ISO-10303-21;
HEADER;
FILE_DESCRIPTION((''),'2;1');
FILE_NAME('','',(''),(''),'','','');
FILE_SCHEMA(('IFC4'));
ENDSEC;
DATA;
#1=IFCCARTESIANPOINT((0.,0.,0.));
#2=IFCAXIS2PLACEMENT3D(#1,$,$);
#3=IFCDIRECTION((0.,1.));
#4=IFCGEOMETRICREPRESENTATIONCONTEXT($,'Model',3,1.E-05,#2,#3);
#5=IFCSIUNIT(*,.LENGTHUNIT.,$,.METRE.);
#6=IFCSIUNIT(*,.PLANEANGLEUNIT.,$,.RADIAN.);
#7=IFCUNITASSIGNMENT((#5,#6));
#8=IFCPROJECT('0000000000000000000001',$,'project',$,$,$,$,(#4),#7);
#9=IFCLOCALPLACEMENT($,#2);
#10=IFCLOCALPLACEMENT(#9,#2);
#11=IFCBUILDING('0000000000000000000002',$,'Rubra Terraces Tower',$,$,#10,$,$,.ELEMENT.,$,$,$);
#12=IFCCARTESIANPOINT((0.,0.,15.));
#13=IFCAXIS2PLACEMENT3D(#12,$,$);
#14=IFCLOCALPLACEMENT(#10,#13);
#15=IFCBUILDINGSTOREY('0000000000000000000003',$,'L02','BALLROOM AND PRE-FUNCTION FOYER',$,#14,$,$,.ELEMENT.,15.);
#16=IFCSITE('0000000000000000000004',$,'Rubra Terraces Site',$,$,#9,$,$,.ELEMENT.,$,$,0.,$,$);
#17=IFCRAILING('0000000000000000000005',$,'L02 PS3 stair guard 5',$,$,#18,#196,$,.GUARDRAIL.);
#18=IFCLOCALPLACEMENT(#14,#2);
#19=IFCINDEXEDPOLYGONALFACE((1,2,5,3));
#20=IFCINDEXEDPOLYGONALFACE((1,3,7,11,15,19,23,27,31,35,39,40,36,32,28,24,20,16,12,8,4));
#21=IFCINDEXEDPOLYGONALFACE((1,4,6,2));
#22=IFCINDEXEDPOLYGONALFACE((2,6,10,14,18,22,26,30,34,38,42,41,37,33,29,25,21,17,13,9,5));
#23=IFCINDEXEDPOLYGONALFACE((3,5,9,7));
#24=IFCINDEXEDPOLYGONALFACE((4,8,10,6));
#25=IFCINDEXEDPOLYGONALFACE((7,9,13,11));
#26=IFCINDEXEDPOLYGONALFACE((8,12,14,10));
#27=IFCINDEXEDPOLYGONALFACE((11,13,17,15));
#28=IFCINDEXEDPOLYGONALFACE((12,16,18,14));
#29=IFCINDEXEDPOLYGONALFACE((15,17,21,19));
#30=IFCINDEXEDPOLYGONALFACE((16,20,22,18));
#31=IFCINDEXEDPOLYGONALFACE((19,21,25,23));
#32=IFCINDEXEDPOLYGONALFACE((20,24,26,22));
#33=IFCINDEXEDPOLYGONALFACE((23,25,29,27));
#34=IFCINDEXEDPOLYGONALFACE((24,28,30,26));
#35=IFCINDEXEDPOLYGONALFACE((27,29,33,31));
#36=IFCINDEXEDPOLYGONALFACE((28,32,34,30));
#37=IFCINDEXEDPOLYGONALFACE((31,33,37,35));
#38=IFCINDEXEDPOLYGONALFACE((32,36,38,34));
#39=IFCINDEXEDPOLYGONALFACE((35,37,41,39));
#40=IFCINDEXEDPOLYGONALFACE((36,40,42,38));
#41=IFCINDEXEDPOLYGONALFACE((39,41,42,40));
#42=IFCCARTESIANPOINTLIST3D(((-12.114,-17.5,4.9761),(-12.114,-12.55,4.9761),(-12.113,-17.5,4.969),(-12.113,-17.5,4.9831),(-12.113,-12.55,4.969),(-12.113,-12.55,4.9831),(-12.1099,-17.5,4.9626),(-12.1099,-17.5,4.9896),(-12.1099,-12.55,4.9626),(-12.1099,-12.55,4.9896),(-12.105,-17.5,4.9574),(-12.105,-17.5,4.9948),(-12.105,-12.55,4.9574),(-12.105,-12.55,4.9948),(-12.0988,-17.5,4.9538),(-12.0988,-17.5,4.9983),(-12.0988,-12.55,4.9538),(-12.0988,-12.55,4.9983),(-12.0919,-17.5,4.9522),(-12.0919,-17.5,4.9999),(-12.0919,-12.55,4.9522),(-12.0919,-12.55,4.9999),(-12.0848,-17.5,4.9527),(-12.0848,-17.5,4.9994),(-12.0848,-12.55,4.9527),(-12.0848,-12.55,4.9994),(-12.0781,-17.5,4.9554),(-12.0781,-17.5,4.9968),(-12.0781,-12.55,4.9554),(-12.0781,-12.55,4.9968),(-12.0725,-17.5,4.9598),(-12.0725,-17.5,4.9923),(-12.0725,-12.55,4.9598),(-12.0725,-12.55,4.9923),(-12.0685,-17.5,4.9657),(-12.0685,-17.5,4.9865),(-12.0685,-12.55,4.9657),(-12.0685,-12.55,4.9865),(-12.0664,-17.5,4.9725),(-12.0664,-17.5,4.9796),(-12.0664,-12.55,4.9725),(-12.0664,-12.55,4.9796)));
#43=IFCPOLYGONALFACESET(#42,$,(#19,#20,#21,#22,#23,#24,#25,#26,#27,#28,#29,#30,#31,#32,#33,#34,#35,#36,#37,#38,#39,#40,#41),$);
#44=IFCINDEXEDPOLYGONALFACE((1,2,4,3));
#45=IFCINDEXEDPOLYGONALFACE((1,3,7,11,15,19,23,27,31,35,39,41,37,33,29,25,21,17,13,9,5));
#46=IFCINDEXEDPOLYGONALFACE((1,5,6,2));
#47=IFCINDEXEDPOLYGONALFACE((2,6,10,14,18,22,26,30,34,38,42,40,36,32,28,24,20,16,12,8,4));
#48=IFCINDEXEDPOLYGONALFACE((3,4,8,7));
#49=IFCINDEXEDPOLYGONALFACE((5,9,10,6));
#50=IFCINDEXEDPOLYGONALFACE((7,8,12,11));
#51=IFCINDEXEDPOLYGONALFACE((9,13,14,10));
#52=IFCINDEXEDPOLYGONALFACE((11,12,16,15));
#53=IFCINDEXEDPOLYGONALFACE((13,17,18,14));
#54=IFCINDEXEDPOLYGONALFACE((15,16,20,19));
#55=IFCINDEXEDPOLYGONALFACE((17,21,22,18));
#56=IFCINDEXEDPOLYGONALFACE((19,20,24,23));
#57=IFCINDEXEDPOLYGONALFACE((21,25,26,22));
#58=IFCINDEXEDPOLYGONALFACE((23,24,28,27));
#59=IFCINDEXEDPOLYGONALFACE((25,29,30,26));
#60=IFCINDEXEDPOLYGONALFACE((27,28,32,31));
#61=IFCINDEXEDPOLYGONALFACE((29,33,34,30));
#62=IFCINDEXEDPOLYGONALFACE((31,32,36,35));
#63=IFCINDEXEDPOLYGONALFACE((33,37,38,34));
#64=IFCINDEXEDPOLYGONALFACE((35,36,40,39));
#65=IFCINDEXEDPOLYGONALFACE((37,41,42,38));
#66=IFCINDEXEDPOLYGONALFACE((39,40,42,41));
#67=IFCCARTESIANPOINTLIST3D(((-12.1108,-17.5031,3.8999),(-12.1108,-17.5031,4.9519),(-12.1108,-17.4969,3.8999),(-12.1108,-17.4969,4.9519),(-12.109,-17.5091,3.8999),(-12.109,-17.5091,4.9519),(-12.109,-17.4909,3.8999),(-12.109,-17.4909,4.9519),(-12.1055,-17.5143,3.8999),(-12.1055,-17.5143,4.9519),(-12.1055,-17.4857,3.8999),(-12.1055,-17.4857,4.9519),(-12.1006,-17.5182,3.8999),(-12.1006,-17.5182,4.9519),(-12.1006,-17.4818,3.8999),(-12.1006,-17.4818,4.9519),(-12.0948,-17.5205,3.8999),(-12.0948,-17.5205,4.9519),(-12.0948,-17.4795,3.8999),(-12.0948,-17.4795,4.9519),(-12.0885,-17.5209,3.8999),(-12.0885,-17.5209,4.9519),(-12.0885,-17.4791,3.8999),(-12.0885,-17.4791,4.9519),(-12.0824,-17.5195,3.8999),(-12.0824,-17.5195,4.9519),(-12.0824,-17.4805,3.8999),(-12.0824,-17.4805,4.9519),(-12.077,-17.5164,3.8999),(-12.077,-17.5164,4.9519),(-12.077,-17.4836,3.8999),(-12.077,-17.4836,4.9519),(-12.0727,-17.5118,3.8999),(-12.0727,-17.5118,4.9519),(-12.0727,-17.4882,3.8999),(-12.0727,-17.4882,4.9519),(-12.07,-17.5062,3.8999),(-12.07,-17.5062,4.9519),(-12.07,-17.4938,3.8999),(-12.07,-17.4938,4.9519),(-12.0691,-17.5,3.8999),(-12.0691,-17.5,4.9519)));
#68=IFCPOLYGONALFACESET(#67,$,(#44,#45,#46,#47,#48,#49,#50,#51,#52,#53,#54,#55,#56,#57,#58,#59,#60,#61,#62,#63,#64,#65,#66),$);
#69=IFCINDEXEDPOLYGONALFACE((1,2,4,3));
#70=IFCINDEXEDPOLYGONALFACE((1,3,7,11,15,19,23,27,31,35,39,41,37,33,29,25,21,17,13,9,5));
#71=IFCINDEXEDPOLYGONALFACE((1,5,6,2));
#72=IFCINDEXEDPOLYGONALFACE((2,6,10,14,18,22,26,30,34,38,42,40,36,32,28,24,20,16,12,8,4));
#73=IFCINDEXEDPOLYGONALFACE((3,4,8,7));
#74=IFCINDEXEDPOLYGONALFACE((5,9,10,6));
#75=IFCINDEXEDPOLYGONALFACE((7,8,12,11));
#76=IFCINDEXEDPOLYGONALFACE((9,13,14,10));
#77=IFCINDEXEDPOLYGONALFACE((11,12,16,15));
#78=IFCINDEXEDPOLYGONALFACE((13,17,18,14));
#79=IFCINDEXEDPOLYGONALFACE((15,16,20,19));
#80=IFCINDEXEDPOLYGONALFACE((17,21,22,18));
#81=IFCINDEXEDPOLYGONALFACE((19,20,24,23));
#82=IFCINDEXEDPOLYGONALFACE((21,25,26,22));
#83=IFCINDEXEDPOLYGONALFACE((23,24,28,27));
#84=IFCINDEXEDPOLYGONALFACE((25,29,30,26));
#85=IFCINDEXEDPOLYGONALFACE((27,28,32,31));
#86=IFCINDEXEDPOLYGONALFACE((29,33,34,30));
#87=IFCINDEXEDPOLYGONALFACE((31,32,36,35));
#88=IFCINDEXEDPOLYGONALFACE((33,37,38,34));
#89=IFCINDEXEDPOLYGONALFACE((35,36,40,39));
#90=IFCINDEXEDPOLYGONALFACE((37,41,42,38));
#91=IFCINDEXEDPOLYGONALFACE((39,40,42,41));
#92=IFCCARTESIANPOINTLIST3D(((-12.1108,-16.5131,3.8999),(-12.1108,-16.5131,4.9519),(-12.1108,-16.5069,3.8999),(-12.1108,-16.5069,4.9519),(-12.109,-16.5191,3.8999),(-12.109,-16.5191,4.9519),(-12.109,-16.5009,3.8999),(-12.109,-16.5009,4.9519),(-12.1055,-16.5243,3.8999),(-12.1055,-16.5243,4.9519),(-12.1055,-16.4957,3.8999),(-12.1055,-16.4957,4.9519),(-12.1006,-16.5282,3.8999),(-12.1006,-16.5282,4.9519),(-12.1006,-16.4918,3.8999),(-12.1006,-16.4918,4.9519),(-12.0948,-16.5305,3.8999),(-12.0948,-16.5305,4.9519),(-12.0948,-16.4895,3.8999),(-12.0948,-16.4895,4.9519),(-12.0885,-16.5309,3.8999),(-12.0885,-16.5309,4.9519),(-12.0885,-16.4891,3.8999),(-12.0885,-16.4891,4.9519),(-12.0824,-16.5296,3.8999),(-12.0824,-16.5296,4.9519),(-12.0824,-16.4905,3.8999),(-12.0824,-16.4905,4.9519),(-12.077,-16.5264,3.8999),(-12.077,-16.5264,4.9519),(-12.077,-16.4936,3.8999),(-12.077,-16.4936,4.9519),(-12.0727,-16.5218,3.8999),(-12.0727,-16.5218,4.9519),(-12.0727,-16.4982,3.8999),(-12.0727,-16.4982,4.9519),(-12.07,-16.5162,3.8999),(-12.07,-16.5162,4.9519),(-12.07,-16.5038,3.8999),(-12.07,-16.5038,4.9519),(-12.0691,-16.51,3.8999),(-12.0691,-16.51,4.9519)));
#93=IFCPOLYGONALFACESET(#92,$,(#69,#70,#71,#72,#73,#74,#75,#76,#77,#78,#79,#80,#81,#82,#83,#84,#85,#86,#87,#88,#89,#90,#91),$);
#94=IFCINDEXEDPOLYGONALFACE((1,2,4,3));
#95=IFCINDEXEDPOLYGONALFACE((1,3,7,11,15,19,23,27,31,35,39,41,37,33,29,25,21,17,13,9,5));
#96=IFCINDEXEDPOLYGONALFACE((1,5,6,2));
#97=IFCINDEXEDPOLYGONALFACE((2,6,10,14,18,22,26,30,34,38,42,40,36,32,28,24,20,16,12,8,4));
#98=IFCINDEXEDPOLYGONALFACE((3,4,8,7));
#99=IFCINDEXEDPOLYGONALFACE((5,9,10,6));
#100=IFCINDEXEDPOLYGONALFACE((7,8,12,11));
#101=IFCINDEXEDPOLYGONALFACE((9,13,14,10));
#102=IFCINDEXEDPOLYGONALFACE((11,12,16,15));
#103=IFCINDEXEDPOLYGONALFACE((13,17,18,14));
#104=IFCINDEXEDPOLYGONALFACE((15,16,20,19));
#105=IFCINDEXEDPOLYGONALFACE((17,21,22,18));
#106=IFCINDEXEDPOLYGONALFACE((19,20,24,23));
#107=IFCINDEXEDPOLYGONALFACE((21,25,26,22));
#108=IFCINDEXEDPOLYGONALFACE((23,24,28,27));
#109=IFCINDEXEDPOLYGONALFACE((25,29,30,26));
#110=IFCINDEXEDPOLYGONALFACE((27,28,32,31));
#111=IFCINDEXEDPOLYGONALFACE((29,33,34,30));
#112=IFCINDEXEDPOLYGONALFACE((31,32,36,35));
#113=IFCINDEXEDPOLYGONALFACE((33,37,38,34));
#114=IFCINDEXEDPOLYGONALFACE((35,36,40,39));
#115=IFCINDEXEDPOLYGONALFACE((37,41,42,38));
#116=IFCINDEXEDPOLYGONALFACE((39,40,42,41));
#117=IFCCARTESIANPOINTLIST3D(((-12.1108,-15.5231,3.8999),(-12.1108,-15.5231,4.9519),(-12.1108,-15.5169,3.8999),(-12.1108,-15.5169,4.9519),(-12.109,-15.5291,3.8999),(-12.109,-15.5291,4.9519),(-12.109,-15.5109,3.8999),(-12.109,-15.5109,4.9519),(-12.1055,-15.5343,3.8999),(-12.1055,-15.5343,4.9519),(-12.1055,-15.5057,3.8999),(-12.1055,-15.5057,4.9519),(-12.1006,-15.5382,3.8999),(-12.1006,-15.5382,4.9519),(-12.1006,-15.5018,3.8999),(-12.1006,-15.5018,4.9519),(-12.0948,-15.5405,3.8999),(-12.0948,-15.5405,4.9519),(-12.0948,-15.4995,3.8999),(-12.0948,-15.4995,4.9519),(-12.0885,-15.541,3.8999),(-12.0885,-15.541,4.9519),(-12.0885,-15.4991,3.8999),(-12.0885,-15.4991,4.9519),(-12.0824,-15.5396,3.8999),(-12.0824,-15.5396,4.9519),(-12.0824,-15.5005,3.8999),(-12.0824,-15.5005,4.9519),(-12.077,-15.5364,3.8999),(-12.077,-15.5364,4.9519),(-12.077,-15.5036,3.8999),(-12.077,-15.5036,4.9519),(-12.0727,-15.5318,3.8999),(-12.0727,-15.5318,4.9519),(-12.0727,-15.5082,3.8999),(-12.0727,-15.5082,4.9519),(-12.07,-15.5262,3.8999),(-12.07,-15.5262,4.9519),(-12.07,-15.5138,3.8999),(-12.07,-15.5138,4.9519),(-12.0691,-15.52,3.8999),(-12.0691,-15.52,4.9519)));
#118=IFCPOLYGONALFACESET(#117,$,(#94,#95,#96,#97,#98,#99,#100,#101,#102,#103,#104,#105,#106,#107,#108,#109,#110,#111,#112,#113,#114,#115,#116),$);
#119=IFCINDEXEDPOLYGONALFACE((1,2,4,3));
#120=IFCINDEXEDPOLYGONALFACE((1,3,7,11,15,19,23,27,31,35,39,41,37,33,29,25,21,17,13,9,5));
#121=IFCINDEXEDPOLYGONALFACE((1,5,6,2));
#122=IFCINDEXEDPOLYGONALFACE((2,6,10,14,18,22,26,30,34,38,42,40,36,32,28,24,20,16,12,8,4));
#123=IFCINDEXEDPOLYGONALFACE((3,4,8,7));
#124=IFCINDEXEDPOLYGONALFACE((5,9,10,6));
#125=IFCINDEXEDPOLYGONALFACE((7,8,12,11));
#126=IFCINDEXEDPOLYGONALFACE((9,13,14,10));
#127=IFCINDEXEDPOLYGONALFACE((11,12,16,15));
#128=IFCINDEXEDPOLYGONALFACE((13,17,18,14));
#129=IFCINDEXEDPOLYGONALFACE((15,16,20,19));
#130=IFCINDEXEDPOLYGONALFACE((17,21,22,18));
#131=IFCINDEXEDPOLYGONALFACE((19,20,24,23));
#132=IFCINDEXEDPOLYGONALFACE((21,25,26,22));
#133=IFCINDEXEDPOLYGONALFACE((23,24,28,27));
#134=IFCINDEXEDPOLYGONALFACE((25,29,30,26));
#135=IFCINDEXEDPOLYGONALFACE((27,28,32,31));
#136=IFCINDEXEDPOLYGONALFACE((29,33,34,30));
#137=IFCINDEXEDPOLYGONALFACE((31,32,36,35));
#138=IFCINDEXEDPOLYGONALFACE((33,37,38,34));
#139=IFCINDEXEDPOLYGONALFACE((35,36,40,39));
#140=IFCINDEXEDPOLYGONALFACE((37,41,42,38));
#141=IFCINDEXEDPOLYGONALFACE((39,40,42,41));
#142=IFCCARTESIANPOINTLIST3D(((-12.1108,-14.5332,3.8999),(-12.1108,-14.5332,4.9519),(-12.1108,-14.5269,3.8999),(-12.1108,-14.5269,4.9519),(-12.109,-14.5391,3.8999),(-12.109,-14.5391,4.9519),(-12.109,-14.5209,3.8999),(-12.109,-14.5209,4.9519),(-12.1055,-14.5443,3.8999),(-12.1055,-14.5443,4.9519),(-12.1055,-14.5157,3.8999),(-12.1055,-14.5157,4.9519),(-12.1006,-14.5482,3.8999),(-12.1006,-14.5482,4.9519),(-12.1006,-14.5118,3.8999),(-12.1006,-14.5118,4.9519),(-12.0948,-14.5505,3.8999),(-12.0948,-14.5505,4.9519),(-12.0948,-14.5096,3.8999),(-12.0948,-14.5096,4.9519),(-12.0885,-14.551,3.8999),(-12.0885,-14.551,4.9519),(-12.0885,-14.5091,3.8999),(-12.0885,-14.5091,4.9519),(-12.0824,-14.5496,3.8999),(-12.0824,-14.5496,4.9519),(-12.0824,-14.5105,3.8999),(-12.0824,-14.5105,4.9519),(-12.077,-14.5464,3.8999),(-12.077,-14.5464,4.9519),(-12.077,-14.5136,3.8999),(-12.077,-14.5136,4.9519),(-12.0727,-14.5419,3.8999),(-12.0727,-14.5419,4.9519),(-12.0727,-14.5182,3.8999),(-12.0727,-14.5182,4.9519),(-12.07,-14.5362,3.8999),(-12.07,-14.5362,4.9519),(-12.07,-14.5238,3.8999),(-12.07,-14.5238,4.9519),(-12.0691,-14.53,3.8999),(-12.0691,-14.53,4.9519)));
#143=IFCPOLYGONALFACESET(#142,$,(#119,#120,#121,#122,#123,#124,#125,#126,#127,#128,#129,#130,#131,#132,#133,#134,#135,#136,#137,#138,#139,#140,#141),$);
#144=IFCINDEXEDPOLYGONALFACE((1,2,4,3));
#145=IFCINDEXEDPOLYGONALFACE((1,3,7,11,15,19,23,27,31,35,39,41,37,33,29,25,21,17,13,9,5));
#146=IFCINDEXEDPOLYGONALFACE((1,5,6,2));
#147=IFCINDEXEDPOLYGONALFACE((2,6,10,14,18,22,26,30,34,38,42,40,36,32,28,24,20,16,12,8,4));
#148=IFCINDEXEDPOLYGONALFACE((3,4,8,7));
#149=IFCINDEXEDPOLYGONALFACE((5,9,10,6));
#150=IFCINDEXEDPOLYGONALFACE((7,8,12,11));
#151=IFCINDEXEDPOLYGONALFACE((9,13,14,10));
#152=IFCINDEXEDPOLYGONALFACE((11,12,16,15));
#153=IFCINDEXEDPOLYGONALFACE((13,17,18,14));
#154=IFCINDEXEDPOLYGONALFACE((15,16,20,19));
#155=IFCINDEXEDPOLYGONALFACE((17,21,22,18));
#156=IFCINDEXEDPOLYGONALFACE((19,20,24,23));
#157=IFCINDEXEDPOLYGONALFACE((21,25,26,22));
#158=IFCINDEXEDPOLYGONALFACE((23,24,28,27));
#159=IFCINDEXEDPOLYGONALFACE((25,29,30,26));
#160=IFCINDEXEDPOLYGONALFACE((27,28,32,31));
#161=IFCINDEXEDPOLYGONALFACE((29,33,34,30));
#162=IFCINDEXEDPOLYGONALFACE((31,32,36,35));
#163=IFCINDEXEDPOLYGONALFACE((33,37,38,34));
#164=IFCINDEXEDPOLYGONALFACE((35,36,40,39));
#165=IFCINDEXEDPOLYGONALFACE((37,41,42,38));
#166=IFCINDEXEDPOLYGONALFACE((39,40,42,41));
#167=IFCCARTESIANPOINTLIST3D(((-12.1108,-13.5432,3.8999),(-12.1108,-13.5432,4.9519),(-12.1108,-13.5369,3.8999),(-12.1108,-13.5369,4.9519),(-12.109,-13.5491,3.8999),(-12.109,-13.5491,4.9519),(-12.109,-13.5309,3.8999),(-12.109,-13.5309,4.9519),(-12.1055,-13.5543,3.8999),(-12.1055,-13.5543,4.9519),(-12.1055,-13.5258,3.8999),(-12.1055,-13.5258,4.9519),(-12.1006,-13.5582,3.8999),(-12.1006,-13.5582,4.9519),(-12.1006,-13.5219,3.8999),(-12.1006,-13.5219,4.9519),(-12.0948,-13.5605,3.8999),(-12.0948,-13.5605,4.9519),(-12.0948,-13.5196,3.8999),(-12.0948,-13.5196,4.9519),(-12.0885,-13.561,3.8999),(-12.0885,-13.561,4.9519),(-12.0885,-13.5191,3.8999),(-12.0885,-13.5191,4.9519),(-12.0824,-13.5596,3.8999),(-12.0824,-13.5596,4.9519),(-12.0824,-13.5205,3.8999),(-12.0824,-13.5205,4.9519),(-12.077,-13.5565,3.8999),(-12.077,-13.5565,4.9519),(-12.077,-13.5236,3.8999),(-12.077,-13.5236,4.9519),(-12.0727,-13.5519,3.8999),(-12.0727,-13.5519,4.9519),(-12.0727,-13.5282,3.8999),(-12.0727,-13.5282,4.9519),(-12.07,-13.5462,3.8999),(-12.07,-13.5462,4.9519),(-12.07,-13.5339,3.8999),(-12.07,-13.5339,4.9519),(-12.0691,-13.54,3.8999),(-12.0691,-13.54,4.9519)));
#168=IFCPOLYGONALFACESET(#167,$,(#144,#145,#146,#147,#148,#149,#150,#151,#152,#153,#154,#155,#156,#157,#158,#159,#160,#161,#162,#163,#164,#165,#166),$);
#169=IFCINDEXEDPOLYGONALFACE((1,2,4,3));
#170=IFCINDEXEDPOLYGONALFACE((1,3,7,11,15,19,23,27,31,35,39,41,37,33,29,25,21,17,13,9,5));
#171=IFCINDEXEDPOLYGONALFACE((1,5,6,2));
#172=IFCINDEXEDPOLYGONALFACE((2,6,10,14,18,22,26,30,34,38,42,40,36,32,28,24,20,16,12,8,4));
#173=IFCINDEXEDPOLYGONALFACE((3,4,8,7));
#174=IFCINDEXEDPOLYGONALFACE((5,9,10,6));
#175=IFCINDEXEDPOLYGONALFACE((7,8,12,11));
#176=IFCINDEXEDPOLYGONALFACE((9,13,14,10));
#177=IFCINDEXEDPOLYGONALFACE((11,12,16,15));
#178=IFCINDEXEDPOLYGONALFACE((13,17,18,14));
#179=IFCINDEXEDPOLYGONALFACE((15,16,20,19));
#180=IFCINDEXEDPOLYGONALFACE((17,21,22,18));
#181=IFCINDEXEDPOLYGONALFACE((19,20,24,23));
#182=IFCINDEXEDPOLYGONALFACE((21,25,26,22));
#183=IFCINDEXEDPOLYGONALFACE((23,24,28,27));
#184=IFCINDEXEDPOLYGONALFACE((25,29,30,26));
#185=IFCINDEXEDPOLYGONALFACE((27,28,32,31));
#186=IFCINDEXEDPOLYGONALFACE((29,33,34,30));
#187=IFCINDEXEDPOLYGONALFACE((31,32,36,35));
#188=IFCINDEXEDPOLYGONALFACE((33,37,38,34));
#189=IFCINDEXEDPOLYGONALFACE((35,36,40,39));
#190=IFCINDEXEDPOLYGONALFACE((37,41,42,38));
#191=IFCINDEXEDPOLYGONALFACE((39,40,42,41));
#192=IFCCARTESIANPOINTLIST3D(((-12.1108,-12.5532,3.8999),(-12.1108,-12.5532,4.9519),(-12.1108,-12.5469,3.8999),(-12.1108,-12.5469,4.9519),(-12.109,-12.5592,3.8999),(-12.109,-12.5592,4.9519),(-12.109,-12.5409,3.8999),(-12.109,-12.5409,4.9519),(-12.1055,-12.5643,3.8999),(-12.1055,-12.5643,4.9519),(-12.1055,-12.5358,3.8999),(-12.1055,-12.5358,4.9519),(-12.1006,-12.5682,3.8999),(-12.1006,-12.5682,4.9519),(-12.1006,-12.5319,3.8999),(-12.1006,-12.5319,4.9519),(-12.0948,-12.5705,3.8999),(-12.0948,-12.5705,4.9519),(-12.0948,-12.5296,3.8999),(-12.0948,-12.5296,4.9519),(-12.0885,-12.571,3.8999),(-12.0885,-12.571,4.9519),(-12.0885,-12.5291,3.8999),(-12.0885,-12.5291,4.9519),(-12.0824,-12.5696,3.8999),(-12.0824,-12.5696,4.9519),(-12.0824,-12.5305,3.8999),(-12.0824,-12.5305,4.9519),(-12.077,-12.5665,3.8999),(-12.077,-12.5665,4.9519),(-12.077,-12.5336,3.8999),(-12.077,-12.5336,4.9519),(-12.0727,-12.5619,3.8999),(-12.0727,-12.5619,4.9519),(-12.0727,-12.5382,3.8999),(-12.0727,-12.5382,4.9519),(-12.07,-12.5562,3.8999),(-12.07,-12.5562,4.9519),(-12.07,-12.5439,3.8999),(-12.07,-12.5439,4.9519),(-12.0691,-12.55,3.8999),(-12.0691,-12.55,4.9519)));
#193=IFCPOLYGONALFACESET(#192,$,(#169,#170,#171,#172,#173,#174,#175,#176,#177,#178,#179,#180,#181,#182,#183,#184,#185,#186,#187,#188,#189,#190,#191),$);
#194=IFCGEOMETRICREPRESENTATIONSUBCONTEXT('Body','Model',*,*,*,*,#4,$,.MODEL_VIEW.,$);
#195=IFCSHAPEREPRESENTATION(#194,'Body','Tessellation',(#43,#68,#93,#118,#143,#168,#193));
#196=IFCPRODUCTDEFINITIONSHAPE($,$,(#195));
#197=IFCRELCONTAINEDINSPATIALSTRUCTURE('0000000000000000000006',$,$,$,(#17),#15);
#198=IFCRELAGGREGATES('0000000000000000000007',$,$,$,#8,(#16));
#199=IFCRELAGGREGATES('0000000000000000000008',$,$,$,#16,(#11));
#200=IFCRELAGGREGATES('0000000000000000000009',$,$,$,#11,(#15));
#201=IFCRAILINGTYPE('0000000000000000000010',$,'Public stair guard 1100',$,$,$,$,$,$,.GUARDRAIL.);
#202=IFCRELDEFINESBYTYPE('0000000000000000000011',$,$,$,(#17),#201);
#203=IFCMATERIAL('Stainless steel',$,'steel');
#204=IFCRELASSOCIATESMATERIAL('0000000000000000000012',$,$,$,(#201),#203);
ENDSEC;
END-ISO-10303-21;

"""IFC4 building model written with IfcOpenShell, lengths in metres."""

from ifc_helpers import new_model, si_unit, direction, frame, origin, origin_2d, place, context, subcontext, project, spatial, circle, extrude, material, type_object, element, save


model = new_model("IFC4")

# Units and contexts
model_context = context("Model", 3, precision=1e-05, world=origin(), true_north=direction((0.0, 1.0)))
body_context = subcontext(model_context, "Body", "Model", "MODEL_VIEW")
ifc_project = project(units=[si_unit("LENGTHUNIT", "METRE"), si_unit("PLANEANGLEUNIT", "RADIAN")], contexts=[model_context])

# Site, building, storey
site_placement = place(None, origin())
site = spatial("IfcSite", under=ifc_project, at=site_placement, Name="Rubra Terraces Site", CompositionType="ELEMENT", RefElevation=0.0)
building_placement = place(site_placement, origin())
building = spatial("IfcBuilding", under=site, at=building_placement, Name="Rubra Terraces Tower", CompositionType="ELEMENT")
storey_placement = place(building_placement, frame((0.0, 0.0, 15.0)))
storey = spatial("IfcBuildingStorey", under=building, at=storey_placement, Name="L02", Description="BALLROOM AND PRE-FUNCTION FOYER", CompositionType="ELEMENT", Elevation=15.0)

# Railing
ifc_material_1 = material(Name="Stainless steel", Category="steel")
railing_type_1 = type_object("IfcRailingType", Name="Public stair guard 1100", PredefinedType="GUARDRAIL", material=ifc_material_1)
railing_1_placement = place(storey_placement, frame((-12.0901, -17.5, 3.8999)))
element("IfcRailing", 1, at=railing_1_placement, inside=storey, type_object=railing_type_1, Name="L02 PS3 stair guard 5", PredefinedType="GUARDRAIL", context=body_context, shape_type="SweptSolid", body=[
    extrude(circle(Radius=0.0239, at=origin_2d()), frame((0.0, 0.0, 1.0762), z_axis=(0.0, 1.0, 0.0), x_axis=(-1.0, 0.0, 0.0)), (0.0, 0.0, 1.0), 4.95),
    extrude(circle(Radius=0.021, at=origin_2d()), origin(), (0.0, 0.0, 1.0), 1.052),
    extrude(circle(Radius=0.021, at=origin_2d()), frame((0.0, 0.99, 0.0)), (0.0, 0.0, 1.0), 1.052),
    extrude(circle(Radius=0.021, at=origin_2d()), frame((0.0, 1.98, 0.0)), (0.0, 0.0, 1.0), 1.052),
    extrude(circle(Radius=0.021, at=origin_2d()), frame((0.0, 2.97, 0.0)), (0.0, 0.0, 1.0), 1.052),
    extrude(circle(Radius=0.021, at=origin_2d()), frame((0.0, 3.96, 0.0)), (0.0, 0.0, 1.0), 1.052),
    extrude(circle(Radius=0.021, at=origin_2d()), frame((0.0, 4.95, 0.0)), (0.0, 0.0, 1.0), 1.052),
])

save(model, "model.ifc")
